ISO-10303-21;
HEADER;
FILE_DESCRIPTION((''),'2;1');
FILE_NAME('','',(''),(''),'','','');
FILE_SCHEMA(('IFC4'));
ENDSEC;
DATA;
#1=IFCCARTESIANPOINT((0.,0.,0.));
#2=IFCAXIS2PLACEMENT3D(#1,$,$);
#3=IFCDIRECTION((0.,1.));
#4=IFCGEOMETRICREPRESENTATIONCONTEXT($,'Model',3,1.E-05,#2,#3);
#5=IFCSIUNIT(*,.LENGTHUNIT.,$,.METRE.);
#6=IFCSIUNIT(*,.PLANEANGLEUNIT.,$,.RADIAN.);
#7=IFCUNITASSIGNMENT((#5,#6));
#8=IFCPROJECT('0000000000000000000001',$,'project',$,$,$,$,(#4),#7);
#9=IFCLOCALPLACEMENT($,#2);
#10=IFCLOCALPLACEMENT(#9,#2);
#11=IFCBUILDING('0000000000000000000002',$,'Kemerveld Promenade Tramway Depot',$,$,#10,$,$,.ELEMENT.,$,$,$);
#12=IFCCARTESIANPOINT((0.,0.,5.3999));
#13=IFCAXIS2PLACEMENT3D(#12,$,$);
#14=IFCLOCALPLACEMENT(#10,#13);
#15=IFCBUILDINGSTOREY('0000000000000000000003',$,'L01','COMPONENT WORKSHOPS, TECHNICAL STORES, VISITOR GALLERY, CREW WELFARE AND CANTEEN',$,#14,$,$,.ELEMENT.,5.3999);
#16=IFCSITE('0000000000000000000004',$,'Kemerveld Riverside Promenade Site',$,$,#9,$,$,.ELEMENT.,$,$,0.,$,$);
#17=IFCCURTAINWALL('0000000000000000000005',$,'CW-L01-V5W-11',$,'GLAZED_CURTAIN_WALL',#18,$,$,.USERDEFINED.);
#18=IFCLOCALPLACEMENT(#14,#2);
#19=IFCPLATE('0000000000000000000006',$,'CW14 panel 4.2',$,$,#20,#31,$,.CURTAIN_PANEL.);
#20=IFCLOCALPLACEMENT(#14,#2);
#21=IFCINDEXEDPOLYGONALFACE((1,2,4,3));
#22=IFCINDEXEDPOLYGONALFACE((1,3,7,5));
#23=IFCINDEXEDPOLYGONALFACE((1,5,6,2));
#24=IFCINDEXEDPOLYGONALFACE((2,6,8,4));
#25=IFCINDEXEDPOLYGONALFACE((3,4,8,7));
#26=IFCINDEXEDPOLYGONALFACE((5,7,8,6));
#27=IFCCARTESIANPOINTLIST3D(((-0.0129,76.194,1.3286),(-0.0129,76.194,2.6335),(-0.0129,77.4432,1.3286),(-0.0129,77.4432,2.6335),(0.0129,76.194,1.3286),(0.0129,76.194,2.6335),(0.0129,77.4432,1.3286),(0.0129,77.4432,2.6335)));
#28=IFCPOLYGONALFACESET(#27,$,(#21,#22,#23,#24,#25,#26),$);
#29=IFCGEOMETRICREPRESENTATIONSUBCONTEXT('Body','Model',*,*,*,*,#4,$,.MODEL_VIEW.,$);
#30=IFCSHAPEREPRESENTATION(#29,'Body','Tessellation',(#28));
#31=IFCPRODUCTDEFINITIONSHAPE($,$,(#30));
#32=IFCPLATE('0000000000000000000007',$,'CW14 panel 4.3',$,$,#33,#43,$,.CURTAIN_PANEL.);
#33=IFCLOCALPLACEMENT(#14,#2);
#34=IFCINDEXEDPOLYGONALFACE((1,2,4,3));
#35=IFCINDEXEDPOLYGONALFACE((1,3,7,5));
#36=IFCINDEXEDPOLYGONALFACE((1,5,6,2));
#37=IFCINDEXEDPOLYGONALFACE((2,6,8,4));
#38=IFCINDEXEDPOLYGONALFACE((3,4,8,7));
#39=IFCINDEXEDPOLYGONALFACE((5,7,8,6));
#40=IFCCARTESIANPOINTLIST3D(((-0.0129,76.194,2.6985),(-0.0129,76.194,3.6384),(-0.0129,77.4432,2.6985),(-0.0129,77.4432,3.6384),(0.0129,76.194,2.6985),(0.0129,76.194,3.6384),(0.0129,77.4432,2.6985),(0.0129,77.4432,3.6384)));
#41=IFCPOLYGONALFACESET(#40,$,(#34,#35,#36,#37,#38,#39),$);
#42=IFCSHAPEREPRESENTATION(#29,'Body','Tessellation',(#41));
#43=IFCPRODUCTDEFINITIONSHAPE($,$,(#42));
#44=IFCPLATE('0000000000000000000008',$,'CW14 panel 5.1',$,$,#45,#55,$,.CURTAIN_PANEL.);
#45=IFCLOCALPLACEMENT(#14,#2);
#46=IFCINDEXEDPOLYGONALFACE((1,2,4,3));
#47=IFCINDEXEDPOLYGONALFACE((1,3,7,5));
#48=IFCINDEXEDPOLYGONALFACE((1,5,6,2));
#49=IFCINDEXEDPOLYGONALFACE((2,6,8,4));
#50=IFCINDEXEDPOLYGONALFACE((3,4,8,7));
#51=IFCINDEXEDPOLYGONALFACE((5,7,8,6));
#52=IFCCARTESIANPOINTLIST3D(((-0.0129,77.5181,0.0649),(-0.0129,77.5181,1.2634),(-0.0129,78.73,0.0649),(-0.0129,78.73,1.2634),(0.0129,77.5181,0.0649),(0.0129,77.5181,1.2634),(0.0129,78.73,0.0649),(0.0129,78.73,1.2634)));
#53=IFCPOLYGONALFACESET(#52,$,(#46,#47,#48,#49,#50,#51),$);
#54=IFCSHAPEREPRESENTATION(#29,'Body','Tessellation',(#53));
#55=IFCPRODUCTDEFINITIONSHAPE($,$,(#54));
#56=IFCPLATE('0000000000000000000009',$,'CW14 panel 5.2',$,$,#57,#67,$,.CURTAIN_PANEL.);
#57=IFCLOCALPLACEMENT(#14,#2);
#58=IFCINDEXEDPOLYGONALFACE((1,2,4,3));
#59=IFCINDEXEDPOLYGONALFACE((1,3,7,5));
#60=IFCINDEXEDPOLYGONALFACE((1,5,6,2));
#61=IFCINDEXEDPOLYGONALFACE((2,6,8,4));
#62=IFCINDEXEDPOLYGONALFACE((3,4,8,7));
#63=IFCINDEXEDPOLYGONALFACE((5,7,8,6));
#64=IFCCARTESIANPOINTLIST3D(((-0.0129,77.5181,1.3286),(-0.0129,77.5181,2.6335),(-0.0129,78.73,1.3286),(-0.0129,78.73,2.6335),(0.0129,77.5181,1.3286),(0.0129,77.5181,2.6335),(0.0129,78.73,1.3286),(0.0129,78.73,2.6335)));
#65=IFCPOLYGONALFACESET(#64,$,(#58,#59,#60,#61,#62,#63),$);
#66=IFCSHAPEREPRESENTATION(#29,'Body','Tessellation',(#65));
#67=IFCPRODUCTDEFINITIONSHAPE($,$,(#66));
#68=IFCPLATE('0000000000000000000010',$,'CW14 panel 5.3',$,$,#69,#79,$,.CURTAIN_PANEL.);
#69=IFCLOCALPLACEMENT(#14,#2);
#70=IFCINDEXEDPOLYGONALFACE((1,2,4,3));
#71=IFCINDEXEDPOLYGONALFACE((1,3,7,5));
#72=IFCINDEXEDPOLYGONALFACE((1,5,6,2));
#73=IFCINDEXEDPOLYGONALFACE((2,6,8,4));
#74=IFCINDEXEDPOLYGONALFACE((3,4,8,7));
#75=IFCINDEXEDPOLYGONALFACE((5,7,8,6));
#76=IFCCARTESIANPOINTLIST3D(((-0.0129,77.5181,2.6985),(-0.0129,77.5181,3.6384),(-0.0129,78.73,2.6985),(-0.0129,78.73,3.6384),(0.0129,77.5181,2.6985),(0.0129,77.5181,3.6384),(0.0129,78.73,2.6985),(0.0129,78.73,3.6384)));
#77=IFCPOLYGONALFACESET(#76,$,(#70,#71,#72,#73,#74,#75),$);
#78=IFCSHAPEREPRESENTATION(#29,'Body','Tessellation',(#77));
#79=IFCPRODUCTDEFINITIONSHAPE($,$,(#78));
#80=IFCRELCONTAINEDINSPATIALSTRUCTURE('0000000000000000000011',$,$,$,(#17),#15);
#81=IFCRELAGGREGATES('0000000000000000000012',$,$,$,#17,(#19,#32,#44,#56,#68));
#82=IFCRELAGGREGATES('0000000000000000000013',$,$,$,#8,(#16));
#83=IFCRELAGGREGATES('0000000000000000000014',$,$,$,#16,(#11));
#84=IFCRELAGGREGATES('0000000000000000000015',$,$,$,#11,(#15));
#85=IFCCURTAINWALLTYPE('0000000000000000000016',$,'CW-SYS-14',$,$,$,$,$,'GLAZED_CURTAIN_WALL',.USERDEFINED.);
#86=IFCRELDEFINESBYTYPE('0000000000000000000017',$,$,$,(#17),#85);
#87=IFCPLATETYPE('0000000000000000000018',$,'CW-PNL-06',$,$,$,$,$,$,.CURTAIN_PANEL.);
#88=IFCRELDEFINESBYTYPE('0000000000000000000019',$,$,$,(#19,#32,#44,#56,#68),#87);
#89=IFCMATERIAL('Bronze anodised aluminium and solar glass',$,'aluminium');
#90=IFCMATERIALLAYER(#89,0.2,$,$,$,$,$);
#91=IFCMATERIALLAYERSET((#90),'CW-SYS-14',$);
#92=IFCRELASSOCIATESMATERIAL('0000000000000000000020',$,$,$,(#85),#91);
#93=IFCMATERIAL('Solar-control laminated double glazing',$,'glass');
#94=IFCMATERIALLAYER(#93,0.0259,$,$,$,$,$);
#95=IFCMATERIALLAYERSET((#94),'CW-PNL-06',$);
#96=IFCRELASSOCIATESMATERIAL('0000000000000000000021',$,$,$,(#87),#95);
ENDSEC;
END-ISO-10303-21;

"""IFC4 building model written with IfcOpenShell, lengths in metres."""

from ifc_helpers import new_model, si_unit, direction, frame, origin, origin_2d, place, context, subcontext, project, spatial, rectangle, extrude, material, layer, layer_set, type_object, element, aggregate, save


model = new_model("IFC4")

# Units and contexts
model_context = context("Model", 3, precision=1e-05, world=origin(), true_north=direction((0.0, 1.0)))
body_context = subcontext(model_context, "Body", "Model", "MODEL_VIEW")
ifc_project = project(units=[si_unit("LENGTHUNIT", "METRE"), si_unit("PLANEANGLEUNIT", "RADIAN")], contexts=[model_context])

# Site, building, storey
site_placement = place(None, origin())
site = spatial("IfcSite", under=ifc_project, at=site_placement, Name="Kemerveld Riverside Promenade Site", CompositionType="ELEMENT", RefElevation=0.0)
building_placement = place(site_placement, origin())
building = spatial("IfcBuilding", under=site, at=building_placement, Name="Kemerveld Promenade Tramway Depot", CompositionType="ELEMENT")
storey_placement = place(building_placement, frame((0.0, 0.0, 5.3999)))
storey = spatial("IfcBuildingStorey", under=building, at=storey_placement, Name="L01", Description="COMPONENT WORKSHOPS, TECHNICAL STORES, VISITOR GALLERY, CREW WELFARE AND CANTEEN", CompositionType="ELEMENT", Elevation=5.3999)

# Curtain wall
ifc_material_1 = material(Name="Bronze anodised aluminium and solar glass", Category="aluminium")
ifc_layer_1 = layer(ifc_material_1, 0.2)
ifc_layer_set_1 = layer_set([ifc_layer_1], Name="CW-SYS-14")
curtain_wall_type_1 = type_object("IfcCurtainWallType", Name="CW-SYS-14", ElementType="GLAZED_CURTAIN_WALL", PredefinedType="USERDEFINED", material=ifc_layer_set_1)
curtain_wall_1_placement = place(storey_placement, origin())
curtain_wall_1 = element("IfcCurtainWall", 1, at=curtain_wall_1_placement, inside=storey, type_object=curtain_wall_type_1, Name="CW-L01-V5W-11", ObjectType="GLAZED_CURTAIN_WALL", PredefinedType="USERDEFINED")

# Plates
ifc_material_2 = material(Name="Solar-control laminated double glazing", Category="glass")
ifc_layer_2 = layer(ifc_material_2, 0.0259)
ifc_layer_set_2 = layer_set([ifc_layer_2], Name="CW-PNL-06")
plate_type_1 = type_object("IfcPlateType", Name="CW-PNL-06", PredefinedType="CURTAIN_PANEL", material=ifc_layer_set_2)
plate_1_placement = place(storey_placement, frame((0.0, 76.8186, 1.3286), z_axis=(0.0, 0.0, 1.0), x_axis=(0.0, 1.0, 0.0)))
plate_1 = element("IfcPlate", 2, at=plate_1_placement, type_object=plate_type_1, Name="CW14 panel 4.2", PredefinedType="CURTAIN_PANEL", context=body_context, shape_type="SweptSolid", body=[
    extrude(rectangle(XDim=1.2493, YDim=0.0259, at=origin_2d()), origin(), (0.0, 0.0, 1.0), 1.3049),
])
plate_2_placement = place(storey_placement, frame((0.0, 76.8186, 2.6985), z_axis=(0.0, 0.0, 1.0), x_axis=(0.0, 1.0, 0.0)))
plate_2 = element("IfcPlate", 3, at=plate_2_placement, type_object=plate_type_1, Name="CW14 panel 4.3", PredefinedType="CURTAIN_PANEL", context=body_context, shape_type="SweptSolid", body=[
    extrude(rectangle(XDim=1.2493, YDim=0.0259, at=origin_2d()), origin(), (0.0, 0.0, 1.0), 0.9399),
])
plate_3_placement = place(storey_placement, frame((0.0, 78.124, 0.0649), z_axis=(0.0, 0.0, 1.0), x_axis=(0.0, 1.0, 0.0)))
plate_3 = element("IfcPlate", 4, at=plate_3_placement, type_object=plate_type_1, Name="CW14 panel 5.1", PredefinedType="CURTAIN_PANEL", context=body_context, shape_type="SweptSolid", body=[
    extrude(rectangle(XDim=1.2119, YDim=0.0259, at=origin_2d()), origin(), (0.0, 0.0, 1.0), 1.1985),
])
plate_4_placement = place(storey_placement, frame((0.0, 78.124, 1.3286), z_axis=(0.0, 0.0, 1.0), x_axis=(0.0, 1.0, 0.0)))
plate_4 = element("IfcPlate", 5, at=plate_4_placement, type_object=plate_type_1, Name="CW14 panel 5.2", PredefinedType="CURTAIN_PANEL", context=body_context, shape_type="SweptSolid", body=[
    extrude(rectangle(XDim=1.2119, YDim=0.0259, at=origin_2d()), origin(), (0.0, 0.0, 1.0), 1.3049),
])
plate_5_placement = place(storey_placement, frame((0.0, 78.124, 2.6985), z_axis=(0.0, 0.0, 1.0), x_axis=(0.0, 1.0, 0.0)))
plate_5 = element("IfcPlate", 6, at=plate_5_placement, type_object=plate_type_1, Name="CW14 panel 5.3", PredefinedType="CURTAIN_PANEL", context=body_context, shape_type="SweptSolid", body=[
    extrude(rectangle(XDim=1.2119, YDim=0.0259, at=origin_2d()), origin(), (0.0, 0.0, 1.0), 0.9399),
])
aggregate(curtain_wall_1, [plate_1, plate_2, plate_3, plate_4, plate_5])

save(model, "model.ifc")
